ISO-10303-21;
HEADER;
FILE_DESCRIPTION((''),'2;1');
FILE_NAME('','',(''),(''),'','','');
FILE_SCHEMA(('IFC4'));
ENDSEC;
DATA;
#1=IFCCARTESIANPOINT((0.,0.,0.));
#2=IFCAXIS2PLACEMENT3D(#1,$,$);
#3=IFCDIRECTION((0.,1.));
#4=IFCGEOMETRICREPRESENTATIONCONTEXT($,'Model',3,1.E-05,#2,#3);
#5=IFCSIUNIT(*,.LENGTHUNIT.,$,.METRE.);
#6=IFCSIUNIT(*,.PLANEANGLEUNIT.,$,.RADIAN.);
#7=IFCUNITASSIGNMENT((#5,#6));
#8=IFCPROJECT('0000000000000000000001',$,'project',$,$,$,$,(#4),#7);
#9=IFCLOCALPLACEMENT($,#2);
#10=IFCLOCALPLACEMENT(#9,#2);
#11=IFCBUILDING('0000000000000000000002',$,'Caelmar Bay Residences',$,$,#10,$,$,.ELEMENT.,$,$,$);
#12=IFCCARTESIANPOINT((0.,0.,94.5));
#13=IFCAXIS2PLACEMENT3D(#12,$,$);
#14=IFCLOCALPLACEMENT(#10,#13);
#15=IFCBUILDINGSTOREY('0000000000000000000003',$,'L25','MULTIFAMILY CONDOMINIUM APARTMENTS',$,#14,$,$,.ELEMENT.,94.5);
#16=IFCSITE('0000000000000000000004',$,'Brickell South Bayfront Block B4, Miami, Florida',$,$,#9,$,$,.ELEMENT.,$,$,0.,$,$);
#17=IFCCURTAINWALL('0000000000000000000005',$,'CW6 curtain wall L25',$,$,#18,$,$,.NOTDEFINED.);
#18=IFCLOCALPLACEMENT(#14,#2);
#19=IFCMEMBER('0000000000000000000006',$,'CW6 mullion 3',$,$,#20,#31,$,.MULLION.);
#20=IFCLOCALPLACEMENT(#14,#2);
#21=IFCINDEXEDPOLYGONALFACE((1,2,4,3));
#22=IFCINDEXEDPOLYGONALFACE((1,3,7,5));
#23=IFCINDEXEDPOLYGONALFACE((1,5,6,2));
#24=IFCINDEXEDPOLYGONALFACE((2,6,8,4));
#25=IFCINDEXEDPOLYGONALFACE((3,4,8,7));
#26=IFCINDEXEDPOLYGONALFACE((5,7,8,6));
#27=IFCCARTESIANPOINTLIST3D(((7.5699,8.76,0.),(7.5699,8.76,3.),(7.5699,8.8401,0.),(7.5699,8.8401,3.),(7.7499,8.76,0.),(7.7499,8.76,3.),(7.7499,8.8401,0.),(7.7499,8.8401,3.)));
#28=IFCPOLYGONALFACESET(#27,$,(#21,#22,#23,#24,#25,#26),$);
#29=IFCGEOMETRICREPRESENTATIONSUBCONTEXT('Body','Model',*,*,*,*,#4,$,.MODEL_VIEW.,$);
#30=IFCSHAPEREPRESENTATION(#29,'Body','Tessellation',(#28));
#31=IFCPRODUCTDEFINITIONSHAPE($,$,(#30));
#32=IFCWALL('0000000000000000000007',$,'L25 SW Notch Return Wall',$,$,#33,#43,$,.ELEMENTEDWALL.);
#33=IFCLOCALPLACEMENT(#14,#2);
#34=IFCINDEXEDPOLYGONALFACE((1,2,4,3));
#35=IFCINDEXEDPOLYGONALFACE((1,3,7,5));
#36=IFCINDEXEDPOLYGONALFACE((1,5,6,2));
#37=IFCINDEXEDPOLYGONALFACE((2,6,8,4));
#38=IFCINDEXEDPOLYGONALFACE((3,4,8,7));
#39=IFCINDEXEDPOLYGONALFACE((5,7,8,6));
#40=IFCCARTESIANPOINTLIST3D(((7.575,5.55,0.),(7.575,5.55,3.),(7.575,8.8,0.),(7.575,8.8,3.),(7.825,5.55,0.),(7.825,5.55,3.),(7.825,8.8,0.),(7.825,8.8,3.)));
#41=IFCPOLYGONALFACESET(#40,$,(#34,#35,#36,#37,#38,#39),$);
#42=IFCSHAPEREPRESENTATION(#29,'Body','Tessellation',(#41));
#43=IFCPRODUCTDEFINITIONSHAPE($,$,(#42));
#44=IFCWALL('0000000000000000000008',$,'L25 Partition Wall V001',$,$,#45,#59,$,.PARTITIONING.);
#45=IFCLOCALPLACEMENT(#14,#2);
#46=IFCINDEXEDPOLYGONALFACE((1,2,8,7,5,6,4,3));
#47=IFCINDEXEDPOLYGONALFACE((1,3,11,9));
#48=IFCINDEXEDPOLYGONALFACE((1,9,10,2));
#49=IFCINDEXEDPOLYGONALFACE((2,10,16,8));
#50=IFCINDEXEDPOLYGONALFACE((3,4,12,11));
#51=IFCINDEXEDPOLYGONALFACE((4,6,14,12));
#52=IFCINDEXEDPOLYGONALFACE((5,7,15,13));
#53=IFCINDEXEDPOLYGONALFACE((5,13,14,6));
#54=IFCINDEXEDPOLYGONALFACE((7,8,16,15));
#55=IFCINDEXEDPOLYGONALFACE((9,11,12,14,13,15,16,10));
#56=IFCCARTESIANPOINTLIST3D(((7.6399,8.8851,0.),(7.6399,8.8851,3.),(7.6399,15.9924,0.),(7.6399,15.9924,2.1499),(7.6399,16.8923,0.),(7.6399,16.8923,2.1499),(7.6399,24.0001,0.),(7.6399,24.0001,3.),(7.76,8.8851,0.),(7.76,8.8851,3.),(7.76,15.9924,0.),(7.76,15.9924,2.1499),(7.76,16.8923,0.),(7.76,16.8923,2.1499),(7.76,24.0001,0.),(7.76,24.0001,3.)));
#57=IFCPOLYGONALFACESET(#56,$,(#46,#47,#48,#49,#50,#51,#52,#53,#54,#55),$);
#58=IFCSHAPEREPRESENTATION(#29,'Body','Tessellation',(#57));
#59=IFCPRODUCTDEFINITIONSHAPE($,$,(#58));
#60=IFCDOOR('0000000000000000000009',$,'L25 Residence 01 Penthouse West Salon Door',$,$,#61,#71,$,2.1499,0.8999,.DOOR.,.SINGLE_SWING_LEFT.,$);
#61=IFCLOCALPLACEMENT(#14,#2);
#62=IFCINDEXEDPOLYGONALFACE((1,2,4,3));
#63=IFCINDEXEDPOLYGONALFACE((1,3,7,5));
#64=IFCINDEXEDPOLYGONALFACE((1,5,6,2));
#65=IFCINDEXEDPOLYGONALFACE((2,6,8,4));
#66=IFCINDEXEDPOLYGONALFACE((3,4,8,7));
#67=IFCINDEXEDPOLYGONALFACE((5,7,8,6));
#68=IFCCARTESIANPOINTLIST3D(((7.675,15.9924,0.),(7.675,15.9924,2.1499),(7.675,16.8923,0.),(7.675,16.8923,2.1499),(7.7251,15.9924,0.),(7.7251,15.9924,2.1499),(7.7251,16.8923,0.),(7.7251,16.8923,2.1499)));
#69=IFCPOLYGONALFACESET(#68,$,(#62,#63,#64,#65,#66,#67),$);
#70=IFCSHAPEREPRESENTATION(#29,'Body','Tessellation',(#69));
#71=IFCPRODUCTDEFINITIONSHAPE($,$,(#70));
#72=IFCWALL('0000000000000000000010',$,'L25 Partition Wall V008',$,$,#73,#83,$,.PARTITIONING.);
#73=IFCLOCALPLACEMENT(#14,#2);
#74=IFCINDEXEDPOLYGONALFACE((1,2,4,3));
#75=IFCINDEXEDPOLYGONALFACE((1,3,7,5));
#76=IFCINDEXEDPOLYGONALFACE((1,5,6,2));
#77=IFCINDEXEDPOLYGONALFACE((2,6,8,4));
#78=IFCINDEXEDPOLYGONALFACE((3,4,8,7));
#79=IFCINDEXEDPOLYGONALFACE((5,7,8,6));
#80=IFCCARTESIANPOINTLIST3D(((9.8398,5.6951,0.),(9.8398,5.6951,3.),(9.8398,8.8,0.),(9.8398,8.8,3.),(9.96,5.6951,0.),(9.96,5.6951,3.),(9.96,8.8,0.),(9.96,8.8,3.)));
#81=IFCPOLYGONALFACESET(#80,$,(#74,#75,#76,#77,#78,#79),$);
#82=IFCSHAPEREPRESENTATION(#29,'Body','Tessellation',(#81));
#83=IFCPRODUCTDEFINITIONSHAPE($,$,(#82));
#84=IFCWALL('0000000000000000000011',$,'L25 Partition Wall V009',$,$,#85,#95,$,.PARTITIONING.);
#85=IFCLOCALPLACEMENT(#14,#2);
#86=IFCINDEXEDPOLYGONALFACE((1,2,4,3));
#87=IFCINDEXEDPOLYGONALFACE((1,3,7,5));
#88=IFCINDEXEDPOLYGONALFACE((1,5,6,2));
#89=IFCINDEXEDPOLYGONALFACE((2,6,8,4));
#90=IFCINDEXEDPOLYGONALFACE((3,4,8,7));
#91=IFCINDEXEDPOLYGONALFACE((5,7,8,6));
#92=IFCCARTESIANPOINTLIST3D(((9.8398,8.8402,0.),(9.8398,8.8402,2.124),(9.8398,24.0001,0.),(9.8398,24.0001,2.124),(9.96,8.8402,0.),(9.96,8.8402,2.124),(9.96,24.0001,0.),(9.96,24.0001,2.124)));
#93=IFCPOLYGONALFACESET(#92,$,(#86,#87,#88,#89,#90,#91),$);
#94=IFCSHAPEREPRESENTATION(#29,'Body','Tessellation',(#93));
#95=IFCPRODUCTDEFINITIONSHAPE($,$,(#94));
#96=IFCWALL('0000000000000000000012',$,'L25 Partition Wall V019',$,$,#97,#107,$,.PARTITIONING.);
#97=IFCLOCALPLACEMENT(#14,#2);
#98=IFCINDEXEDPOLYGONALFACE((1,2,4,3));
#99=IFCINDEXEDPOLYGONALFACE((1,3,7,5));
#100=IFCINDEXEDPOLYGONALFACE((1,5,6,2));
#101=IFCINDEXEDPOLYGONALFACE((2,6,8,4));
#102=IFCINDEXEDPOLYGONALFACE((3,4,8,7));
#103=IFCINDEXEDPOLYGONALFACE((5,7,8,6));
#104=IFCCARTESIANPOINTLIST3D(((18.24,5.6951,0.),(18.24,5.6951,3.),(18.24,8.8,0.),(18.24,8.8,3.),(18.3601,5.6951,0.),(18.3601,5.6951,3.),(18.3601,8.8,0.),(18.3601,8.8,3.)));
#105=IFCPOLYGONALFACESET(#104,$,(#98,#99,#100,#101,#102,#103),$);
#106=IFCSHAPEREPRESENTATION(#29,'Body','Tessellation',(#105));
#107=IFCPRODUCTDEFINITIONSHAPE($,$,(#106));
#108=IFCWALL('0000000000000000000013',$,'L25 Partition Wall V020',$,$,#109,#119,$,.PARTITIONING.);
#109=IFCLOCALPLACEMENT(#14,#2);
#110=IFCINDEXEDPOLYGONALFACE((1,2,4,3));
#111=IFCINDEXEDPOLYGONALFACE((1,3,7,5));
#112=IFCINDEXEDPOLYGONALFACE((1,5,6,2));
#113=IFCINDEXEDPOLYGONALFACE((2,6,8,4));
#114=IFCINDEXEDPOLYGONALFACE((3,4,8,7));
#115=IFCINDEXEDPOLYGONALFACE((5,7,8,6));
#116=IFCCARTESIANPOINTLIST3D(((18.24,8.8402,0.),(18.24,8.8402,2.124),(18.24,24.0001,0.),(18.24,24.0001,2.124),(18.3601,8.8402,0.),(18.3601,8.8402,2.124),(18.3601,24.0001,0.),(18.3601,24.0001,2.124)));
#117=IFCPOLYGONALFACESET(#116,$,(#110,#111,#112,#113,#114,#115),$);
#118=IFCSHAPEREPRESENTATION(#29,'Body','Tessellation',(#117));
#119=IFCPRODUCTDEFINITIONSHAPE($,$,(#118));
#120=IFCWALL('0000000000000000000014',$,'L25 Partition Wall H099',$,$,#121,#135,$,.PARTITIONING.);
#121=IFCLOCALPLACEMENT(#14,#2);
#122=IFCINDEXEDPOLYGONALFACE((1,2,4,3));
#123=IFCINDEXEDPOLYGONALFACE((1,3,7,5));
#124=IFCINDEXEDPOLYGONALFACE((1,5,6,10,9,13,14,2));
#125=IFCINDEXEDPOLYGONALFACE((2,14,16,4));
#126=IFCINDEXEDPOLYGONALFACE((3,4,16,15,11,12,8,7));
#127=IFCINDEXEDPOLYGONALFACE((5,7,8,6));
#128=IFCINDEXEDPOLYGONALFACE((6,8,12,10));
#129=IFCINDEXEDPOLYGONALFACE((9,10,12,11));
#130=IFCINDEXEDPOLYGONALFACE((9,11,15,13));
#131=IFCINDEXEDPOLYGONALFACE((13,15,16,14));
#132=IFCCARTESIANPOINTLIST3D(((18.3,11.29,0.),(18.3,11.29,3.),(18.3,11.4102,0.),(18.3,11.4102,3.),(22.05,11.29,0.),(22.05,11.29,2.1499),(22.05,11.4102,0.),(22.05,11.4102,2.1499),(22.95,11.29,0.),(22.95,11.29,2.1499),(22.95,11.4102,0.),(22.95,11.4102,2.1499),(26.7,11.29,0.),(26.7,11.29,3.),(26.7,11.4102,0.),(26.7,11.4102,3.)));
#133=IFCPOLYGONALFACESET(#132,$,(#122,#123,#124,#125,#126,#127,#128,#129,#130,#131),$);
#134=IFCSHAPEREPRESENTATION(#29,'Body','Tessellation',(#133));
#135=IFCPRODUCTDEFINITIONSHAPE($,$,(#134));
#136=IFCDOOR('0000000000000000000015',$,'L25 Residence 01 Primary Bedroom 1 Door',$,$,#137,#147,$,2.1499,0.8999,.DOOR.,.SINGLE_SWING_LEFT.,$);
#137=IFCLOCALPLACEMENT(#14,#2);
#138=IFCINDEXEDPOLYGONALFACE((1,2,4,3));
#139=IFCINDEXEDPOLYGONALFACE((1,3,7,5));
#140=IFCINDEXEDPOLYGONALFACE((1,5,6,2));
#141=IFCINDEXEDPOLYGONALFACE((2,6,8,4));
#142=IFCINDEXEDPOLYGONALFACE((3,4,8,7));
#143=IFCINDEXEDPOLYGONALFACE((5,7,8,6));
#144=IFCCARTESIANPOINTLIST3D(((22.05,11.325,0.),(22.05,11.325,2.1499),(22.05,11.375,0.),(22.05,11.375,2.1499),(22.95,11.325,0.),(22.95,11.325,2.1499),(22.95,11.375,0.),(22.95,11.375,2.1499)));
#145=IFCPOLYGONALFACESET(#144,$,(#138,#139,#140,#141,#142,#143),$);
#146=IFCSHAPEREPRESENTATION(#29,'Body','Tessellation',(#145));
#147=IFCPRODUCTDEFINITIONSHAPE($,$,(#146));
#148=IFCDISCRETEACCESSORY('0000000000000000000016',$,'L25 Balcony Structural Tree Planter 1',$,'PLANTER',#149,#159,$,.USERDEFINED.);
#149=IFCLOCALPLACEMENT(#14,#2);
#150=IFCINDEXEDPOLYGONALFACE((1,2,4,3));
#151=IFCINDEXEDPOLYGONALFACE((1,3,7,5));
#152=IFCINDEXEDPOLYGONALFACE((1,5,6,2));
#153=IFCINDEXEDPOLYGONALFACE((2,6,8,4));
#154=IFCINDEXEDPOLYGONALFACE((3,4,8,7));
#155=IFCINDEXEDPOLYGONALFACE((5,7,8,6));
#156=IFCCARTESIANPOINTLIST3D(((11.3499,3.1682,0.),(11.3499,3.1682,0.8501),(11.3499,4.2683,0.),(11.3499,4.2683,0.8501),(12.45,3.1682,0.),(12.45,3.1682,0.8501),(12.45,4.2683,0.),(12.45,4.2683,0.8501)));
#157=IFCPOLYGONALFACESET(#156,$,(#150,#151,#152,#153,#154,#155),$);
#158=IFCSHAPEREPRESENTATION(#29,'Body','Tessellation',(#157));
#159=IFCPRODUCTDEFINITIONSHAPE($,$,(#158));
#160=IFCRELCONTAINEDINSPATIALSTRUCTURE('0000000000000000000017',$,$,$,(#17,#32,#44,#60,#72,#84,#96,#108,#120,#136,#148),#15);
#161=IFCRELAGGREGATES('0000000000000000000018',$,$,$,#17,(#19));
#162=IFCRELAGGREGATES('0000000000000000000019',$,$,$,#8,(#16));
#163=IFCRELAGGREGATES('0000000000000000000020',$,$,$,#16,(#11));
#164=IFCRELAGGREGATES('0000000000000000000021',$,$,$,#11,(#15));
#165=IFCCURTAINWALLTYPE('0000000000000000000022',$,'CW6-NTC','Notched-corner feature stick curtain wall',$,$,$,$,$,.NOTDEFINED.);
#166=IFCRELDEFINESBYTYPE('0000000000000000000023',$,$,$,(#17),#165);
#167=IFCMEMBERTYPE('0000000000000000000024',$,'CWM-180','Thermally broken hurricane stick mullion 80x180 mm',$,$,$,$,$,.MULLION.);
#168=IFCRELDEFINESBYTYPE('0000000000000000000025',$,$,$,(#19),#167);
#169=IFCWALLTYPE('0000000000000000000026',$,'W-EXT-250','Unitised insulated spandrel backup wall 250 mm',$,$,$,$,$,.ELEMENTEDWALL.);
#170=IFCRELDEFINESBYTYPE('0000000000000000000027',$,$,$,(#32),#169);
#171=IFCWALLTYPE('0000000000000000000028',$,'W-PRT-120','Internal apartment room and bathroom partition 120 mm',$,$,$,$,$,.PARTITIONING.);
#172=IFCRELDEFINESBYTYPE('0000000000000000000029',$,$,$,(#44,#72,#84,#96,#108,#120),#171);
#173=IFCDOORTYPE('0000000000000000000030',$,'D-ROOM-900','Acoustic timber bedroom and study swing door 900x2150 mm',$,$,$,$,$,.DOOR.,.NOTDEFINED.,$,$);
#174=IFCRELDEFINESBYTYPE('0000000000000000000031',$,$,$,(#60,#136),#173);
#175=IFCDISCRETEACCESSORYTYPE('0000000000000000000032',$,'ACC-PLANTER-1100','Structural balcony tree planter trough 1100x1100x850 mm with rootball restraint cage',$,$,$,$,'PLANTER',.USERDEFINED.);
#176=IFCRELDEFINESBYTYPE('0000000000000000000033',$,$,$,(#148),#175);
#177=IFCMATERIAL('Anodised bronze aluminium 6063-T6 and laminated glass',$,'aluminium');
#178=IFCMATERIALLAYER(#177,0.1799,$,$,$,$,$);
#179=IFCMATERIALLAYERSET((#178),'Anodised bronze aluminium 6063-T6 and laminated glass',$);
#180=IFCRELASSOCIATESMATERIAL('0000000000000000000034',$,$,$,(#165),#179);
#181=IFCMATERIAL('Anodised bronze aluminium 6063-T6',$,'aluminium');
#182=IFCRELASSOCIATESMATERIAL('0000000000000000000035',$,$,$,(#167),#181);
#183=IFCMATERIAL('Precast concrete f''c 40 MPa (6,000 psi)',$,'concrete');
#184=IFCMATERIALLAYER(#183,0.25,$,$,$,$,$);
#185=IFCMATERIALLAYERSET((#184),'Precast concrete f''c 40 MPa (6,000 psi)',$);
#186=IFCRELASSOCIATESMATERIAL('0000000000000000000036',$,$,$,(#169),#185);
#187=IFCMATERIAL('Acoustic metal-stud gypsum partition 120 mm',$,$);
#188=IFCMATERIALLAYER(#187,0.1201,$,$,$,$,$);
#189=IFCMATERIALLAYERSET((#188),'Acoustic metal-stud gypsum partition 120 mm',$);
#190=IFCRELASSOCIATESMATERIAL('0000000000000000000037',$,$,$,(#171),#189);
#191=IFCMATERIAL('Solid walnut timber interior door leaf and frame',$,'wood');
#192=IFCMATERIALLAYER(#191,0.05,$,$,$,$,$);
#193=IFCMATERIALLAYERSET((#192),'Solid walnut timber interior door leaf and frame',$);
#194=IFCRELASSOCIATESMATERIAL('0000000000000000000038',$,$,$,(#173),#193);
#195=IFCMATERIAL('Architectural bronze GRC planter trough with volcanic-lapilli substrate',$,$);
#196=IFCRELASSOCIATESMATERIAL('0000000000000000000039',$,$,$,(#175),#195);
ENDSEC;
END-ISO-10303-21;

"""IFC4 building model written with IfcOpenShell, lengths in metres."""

from ifc_helpers import new_model, si_unit, direction, frame, frame_2d, origin, origin_2d, place, context, subcontext, project, spatial, rectangle, extrude, material, layer, layer_set, material_profile, profile_set, type_object, element, fill, aggregate, save


model = new_model("IFC4")

# Units and contexts
model_context = context("Model", 3, precision=1e-05, world=origin(), true_north=direction((0.0, 1.0)))
body_context = subcontext(model_context, "Body", "Model", "MODEL_VIEW")
ifc_project = project(units=[si_unit("LENGTHUNIT", "METRE"), si_unit("PLANEANGLEUNIT", "RADIAN")], contexts=[model_context])

# Site, building, storey
site_placement = place(None, origin())
site = spatial("IfcSite", under=ifc_project, at=site_placement, Name="Brickell South Bayfront Block B4, Miami, Florida", CompositionType="ELEMENT", RefElevation=0.0)
building_placement = place(site_placement, origin())
building = spatial("IfcBuilding", under=site, at=building_placement, Name="Caelmar Bay Residences", CompositionType="ELEMENT")
storey_placement = place(building_placement, frame((0.0, 0.0, 94.5)))
storey = spatial("IfcBuildingStorey", under=building, at=storey_placement, Name="L25", Description="MULTIFAMILY CONDOMINIUM APARTMENTS", CompositionType="ELEMENT", Elevation=94.5)

# Curtain wall, member
ifc_material_1 = material(Name="Anodised bronze aluminium 6063-T6 and laminated glass", Category="aluminium")
ifc_layer_1 = layer(ifc_material_1, 0.1799)
ifc_layer_set_1 = layer_set([ifc_layer_1], Name="Anodised bronze aluminium 6063-T6 and laminated glass")
curtain_wall_type = type_object("IfcCurtainWallType", Name="CW6-NTC", Description="Notched-corner feature stick curtain wall", PredefinedType="NOTDEFINED", material=ifc_layer_set_1)
curtain_wall_placement = place(storey_placement, origin())
curtain_wall = element("IfcCurtainWall", 1, at=curtain_wall_placement, inside=storey, type_object=curtain_wall_type, Name="CW6 curtain wall L25", PredefinedType="NOTDEFINED")
ifc_material_2 = material(Name="Anodised bronze aluminium 6063-T6", Category="aluminium")
ifc_material_profile_1 = material_profile(ifc_material_2, rectangle(XDim=0.0801, YDim=0.1799, at=origin_2d()), Name="CWM-80X180")
ifc_profile_set_1 = profile_set([ifc_material_profile_1], Name="Anodised bronze aluminium 6063-T6")
member_type = type_object("IfcMemberType", Name="CWM-180", Description="Thermally broken hurricane stick mullion 80x180 mm", PredefinedType="MULLION", material=ifc_profile_set_1)
member_placement = place(storey_placement, frame((7.6599, 8.8, 0.0), z_axis=(0.0, 0.0, 1.0), x_axis=(0.0, 1.0, 0.0)))
member = element("IfcMember", 2, at=member_placement, type_object=member_type, Name="CW6 mullion 3", PredefinedType="MULLION", context=body_context, shape_type="SweptSolid", body=[
    extrude(rectangle(XDim=0.0801, YDim=0.1799, at=origin_2d()), origin(), (0.0, 0.0, 1.0), 3.0),
])
aggregate(curtain_wall, [member])

# Wall
ifc_material_3 = material(Name="Precast concrete f'c 40 MPa (6,000 psi)", Category="concrete")
ifc_layer_2 = layer(ifc_material_3, 0.25)
ifc_layer_set_2 = layer_set([ifc_layer_2], Name="Precast concrete f'c 40 MPa (6,000 psi)")
wall_type_1 = type_object("IfcWallType", Name="W-EXT-250", Description="Unitised insulated spandrel backup wall 250 mm", PredefinedType="ELEMENTEDWALL", material=ifc_layer_set_2)
wall_1_placement = place(storey_placement, frame((7.7, 8.8, 0.0), z_axis=(0.0, 0.0, 1.0), x_axis=(0.0, -1.0, 0.0)))
element("IfcWall", 3, at=wall_1_placement, inside=storey, type_object=wall_type_1, Name="L25 SW Notch Return Wall", PredefinedType="ELEMENTEDWALL", context=body_context, shape_type="SweptSolid", body=[
    extrude(rectangle(XDim=3.25, YDim=0.25, at=frame_2d((1.625, 0.0))), origin(), (0.0, 0.0, 1.0), 3.0),
])

# Wall, opening, door
ifc_material_4 = material(Name="Acoustic metal-stud gypsum partition 120 mm")
ifc_layer_3 = layer(ifc_material_4, 0.1201)
ifc_layer_set_3 = layer_set([ifc_layer_3], Name="Acoustic metal-stud gypsum partition 120 mm")
wall_type_2 = type_object("IfcWallType", Name="W-PRT-120", Description="Internal apartment room and bathroom partition 120 mm", PredefinedType="PARTITIONING", material=ifc_layer_set_3)
wall_2_placement = place(storey_placement, frame((7.7, 8.885, 0.0), z_axis=(0.0, 0.0, 1.0), x_axis=(0.0, 1.0, 0.0)))
wall_2 = element("IfcWall", 4, at=wall_2_placement, inside=storey, type_object=wall_type_2, Name="L25 Partition Wall V001", PredefinedType="PARTITIONING", context=body_context, shape_type="SweptSolid", body=[
    extrude(rectangle(XDim=15.115, YDim=0.1201, at=frame_2d((7.5576, 0.0))), origin(), (0.0, 0.0, 1.0), 3.0),
])
opening_1_placement = place(wall_2_placement, frame((7.1074, 0.0, 0.0)))
opening_1 = element("IfcOpeningElement", 5, at=opening_1_placement, cuts=wall_2, PredefinedType="OPENING", context=body_context, shape_type="SweptSolid", body=[
    extrude(rectangle(XDim=0.8999, YDim=2.1499, at=frame_2d((0.45, 1.075))), frame((0.0, 0.0701, 0.0), z_axis=(0.0, -1.0, 0.0), x_axis=(1.0, 0.0, 0.0)), (0.0, 0.0, 1.0), 0.1401),
])
ifc_material_5 = material(Name="Solid walnut timber interior door leaf and frame", Category="wood")
ifc_layer_4 = layer(ifc_material_5, 0.05)
ifc_layer_set_4 = layer_set([ifc_layer_4], Name="Solid walnut timber interior door leaf and frame")
door_type = type_object("IfcDoorType", Name="D-ROOM-900", Description="Acoustic timber bedroom and study swing door 900x2150 mm", OperationType="NOTDEFINED", PredefinedType="DOOR", material=ifc_layer_set_4)
door_1_placement = place(opening_1_placement, origin())
door_1 = element("IfcDoor", 6, at=door_1_placement, inside=storey, type_object=door_type, Name="L25 Residence 01 Penthouse West Salon Door", OperationType="SINGLE_SWING_LEFT", OverallHeight=2.1499, OverallWidth=0.8999, PredefinedType="DOOR", context=body_context, shape_type="SweptSolid", body=[
    extrude(rectangle(XDim=0.8999, YDim=2.1499, at=frame_2d((0.45, 1.075))), frame((0.0, 0.0249, 0.0), z_axis=(0.0, -1.0, 0.0), x_axis=(1.0, 0.0, 0.0)), (0.0, 0.0, 1.0), 0.05),
])
fill(opening_1, door_1)

# Walls
wall_3_placement = place(storey_placement, frame((9.8999, 5.6951, 0.0), z_axis=(0.0, 0.0, 1.0), x_axis=(0.0, 1.0, 0.0)))
element("IfcWall", 7, at=wall_3_placement, inside=storey, type_object=wall_type_2, Name="L25 Partition Wall V008", PredefinedType="PARTITIONING", context=body_context, shape_type="SweptSolid", body=[
    extrude(rectangle(XDim=3.105, YDim=0.1201, at=frame_2d((1.5525, 0.0))), origin(), (0.0, 0.0, 1.0), 3.0),
])
wall_4_placement = place(storey_placement, frame((9.8999, 8.8401, 0.0), z_axis=(0.0, 0.0, 1.0), x_axis=(0.0, 1.0, 0.0)))
element("IfcWall", 8, at=wall_4_placement, inside=storey, type_object=wall_type_2, Name="L25 Partition Wall V009", PredefinedType="PARTITIONING", context=body_context, shape_type="SweptSolid", body=[
    extrude(rectangle(XDim=15.1599, YDim=0.1201, at=frame_2d((7.5801, 0.0))), origin(), (0.0, 0.0, 1.0), 2.124),
])
wall_5_placement = place(storey_placement, frame((18.3, 5.6951, 0.0), z_axis=(0.0, 0.0, 1.0), x_axis=(0.0, 1.0, 0.0)))
element("IfcWall", 9, at=wall_5_placement, inside=storey, type_object=wall_type_2, Name="L25 Partition Wall V019", PredefinedType="PARTITIONING", context=body_context, shape_type="SweptSolid", body=[
    extrude(rectangle(XDim=3.105, YDim=0.1201, at=frame_2d((1.5525, 0.0))), origin(), (0.0, 0.0, 1.0), 3.0),
])
wall_6_placement = place(storey_placement, frame((18.3, 8.8401, 0.0), z_axis=(0.0, 0.0, 1.0), x_axis=(0.0, 1.0, 0.0)))
element("IfcWall", 10, at=wall_6_placement, inside=storey, type_object=wall_type_2, Name="L25 Partition Wall V020", PredefinedType="PARTITIONING", context=body_context, shape_type="SweptSolid", body=[
    extrude(rectangle(XDim=15.1599, YDim=0.1201, at=frame_2d((7.5801, 0.0))), origin(), (0.0, 0.0, 1.0), 2.124),
])

# Wall, opening, door
wall_7_placement = place(storey_placement, frame((18.3, 11.3501, 0.0), z_axis=(0.0, 0.0, 1.0), x_axis=(1.0, 0.0, 0.0)))
wall_7 = element("IfcWall", 11, at=wall_7_placement, inside=storey, type_object=wall_type_2, Name="L25 Partition Wall H099", PredefinedType="PARTITIONING", context=body_context, shape_type="SweptSolid", body=[
    extrude(rectangle(XDim=8.3999, YDim=0.1201, at=frame_2d((4.2, 0.0))), origin(), (0.0, 0.0, 1.0), 3.0),
])
opening_2_placement = place(wall_7_placement, frame((3.75, 0.0, 0.0)))
opening_2 = element("IfcOpeningElement", 12, at=opening_2_placement, cuts=wall_7, PredefinedType="OPENING", context=body_context, shape_type="SweptSolid", body=[
    extrude(rectangle(XDim=0.8999, YDim=2.1499, at=frame_2d((0.45, 1.075))), frame((0.0, 0.0701, 0.0), z_axis=(0.0, -1.0, 0.0), x_axis=(1.0, 0.0, 0.0)), (0.0, 0.0, 1.0), 0.1401),
])
door_2_placement = place(opening_2_placement, origin())
door_2 = element("IfcDoor", 13, at=door_2_placement, inside=storey, type_object=door_type, Name="L25 Residence 01 Primary Bedroom 1 Door", OperationType="SINGLE_SWING_LEFT", OverallHeight=2.1499, OverallWidth=0.8999, PredefinedType="DOOR", context=body_context, shape_type="SweptSolid", body=[
    extrude(rectangle(XDim=0.8999, YDim=2.1499, at=frame_2d((0.45, 1.075))), frame((0.0, 0.0249, 0.0), z_axis=(0.0, -1.0, 0.0), x_axis=(1.0, 0.0, 0.0)), (0.0, 0.0, 1.0), 0.05),
])
fill(opening_2, door_2)

# Discrete accessory
ifc_material_6 = material(Name="Architectural bronze GRC planter trough with volcanic-lapilli substrate")
discrete_accessory_type = type_object("IfcDiscreteAccessoryType", Name="ACC-PLANTER-1100", Description="Structural balcony tree planter trough 1100x1100x850 mm with rootball restraint cage", ElementType="PLANTER", PredefinedType="USERDEFINED", material=ifc_material_6)
discrete_accessory_placement = place(storey_placement, frame((11.8999, 3.7183, 0.0), z_axis=(0.0, 0.0, 1.0), x_axis=(1.0, 0.0, 0.0)))
element("IfcDiscreteAccessory", 14, at=discrete_accessory_placement, inside=storey, type_object=discrete_accessory_type, Name="L25 Balcony Structural Tree Planter 1", ObjectType="PLANTER", PredefinedType="USERDEFINED", context=body_context, shape_type="SweptSolid", body=[
    extrude(rectangle(XDim=1.1001, YDim=1.1001, at=origin_2d()), origin(), (0.0, 0.0, 1.0), 0.8501),
])

save(model, "model.ifc")
